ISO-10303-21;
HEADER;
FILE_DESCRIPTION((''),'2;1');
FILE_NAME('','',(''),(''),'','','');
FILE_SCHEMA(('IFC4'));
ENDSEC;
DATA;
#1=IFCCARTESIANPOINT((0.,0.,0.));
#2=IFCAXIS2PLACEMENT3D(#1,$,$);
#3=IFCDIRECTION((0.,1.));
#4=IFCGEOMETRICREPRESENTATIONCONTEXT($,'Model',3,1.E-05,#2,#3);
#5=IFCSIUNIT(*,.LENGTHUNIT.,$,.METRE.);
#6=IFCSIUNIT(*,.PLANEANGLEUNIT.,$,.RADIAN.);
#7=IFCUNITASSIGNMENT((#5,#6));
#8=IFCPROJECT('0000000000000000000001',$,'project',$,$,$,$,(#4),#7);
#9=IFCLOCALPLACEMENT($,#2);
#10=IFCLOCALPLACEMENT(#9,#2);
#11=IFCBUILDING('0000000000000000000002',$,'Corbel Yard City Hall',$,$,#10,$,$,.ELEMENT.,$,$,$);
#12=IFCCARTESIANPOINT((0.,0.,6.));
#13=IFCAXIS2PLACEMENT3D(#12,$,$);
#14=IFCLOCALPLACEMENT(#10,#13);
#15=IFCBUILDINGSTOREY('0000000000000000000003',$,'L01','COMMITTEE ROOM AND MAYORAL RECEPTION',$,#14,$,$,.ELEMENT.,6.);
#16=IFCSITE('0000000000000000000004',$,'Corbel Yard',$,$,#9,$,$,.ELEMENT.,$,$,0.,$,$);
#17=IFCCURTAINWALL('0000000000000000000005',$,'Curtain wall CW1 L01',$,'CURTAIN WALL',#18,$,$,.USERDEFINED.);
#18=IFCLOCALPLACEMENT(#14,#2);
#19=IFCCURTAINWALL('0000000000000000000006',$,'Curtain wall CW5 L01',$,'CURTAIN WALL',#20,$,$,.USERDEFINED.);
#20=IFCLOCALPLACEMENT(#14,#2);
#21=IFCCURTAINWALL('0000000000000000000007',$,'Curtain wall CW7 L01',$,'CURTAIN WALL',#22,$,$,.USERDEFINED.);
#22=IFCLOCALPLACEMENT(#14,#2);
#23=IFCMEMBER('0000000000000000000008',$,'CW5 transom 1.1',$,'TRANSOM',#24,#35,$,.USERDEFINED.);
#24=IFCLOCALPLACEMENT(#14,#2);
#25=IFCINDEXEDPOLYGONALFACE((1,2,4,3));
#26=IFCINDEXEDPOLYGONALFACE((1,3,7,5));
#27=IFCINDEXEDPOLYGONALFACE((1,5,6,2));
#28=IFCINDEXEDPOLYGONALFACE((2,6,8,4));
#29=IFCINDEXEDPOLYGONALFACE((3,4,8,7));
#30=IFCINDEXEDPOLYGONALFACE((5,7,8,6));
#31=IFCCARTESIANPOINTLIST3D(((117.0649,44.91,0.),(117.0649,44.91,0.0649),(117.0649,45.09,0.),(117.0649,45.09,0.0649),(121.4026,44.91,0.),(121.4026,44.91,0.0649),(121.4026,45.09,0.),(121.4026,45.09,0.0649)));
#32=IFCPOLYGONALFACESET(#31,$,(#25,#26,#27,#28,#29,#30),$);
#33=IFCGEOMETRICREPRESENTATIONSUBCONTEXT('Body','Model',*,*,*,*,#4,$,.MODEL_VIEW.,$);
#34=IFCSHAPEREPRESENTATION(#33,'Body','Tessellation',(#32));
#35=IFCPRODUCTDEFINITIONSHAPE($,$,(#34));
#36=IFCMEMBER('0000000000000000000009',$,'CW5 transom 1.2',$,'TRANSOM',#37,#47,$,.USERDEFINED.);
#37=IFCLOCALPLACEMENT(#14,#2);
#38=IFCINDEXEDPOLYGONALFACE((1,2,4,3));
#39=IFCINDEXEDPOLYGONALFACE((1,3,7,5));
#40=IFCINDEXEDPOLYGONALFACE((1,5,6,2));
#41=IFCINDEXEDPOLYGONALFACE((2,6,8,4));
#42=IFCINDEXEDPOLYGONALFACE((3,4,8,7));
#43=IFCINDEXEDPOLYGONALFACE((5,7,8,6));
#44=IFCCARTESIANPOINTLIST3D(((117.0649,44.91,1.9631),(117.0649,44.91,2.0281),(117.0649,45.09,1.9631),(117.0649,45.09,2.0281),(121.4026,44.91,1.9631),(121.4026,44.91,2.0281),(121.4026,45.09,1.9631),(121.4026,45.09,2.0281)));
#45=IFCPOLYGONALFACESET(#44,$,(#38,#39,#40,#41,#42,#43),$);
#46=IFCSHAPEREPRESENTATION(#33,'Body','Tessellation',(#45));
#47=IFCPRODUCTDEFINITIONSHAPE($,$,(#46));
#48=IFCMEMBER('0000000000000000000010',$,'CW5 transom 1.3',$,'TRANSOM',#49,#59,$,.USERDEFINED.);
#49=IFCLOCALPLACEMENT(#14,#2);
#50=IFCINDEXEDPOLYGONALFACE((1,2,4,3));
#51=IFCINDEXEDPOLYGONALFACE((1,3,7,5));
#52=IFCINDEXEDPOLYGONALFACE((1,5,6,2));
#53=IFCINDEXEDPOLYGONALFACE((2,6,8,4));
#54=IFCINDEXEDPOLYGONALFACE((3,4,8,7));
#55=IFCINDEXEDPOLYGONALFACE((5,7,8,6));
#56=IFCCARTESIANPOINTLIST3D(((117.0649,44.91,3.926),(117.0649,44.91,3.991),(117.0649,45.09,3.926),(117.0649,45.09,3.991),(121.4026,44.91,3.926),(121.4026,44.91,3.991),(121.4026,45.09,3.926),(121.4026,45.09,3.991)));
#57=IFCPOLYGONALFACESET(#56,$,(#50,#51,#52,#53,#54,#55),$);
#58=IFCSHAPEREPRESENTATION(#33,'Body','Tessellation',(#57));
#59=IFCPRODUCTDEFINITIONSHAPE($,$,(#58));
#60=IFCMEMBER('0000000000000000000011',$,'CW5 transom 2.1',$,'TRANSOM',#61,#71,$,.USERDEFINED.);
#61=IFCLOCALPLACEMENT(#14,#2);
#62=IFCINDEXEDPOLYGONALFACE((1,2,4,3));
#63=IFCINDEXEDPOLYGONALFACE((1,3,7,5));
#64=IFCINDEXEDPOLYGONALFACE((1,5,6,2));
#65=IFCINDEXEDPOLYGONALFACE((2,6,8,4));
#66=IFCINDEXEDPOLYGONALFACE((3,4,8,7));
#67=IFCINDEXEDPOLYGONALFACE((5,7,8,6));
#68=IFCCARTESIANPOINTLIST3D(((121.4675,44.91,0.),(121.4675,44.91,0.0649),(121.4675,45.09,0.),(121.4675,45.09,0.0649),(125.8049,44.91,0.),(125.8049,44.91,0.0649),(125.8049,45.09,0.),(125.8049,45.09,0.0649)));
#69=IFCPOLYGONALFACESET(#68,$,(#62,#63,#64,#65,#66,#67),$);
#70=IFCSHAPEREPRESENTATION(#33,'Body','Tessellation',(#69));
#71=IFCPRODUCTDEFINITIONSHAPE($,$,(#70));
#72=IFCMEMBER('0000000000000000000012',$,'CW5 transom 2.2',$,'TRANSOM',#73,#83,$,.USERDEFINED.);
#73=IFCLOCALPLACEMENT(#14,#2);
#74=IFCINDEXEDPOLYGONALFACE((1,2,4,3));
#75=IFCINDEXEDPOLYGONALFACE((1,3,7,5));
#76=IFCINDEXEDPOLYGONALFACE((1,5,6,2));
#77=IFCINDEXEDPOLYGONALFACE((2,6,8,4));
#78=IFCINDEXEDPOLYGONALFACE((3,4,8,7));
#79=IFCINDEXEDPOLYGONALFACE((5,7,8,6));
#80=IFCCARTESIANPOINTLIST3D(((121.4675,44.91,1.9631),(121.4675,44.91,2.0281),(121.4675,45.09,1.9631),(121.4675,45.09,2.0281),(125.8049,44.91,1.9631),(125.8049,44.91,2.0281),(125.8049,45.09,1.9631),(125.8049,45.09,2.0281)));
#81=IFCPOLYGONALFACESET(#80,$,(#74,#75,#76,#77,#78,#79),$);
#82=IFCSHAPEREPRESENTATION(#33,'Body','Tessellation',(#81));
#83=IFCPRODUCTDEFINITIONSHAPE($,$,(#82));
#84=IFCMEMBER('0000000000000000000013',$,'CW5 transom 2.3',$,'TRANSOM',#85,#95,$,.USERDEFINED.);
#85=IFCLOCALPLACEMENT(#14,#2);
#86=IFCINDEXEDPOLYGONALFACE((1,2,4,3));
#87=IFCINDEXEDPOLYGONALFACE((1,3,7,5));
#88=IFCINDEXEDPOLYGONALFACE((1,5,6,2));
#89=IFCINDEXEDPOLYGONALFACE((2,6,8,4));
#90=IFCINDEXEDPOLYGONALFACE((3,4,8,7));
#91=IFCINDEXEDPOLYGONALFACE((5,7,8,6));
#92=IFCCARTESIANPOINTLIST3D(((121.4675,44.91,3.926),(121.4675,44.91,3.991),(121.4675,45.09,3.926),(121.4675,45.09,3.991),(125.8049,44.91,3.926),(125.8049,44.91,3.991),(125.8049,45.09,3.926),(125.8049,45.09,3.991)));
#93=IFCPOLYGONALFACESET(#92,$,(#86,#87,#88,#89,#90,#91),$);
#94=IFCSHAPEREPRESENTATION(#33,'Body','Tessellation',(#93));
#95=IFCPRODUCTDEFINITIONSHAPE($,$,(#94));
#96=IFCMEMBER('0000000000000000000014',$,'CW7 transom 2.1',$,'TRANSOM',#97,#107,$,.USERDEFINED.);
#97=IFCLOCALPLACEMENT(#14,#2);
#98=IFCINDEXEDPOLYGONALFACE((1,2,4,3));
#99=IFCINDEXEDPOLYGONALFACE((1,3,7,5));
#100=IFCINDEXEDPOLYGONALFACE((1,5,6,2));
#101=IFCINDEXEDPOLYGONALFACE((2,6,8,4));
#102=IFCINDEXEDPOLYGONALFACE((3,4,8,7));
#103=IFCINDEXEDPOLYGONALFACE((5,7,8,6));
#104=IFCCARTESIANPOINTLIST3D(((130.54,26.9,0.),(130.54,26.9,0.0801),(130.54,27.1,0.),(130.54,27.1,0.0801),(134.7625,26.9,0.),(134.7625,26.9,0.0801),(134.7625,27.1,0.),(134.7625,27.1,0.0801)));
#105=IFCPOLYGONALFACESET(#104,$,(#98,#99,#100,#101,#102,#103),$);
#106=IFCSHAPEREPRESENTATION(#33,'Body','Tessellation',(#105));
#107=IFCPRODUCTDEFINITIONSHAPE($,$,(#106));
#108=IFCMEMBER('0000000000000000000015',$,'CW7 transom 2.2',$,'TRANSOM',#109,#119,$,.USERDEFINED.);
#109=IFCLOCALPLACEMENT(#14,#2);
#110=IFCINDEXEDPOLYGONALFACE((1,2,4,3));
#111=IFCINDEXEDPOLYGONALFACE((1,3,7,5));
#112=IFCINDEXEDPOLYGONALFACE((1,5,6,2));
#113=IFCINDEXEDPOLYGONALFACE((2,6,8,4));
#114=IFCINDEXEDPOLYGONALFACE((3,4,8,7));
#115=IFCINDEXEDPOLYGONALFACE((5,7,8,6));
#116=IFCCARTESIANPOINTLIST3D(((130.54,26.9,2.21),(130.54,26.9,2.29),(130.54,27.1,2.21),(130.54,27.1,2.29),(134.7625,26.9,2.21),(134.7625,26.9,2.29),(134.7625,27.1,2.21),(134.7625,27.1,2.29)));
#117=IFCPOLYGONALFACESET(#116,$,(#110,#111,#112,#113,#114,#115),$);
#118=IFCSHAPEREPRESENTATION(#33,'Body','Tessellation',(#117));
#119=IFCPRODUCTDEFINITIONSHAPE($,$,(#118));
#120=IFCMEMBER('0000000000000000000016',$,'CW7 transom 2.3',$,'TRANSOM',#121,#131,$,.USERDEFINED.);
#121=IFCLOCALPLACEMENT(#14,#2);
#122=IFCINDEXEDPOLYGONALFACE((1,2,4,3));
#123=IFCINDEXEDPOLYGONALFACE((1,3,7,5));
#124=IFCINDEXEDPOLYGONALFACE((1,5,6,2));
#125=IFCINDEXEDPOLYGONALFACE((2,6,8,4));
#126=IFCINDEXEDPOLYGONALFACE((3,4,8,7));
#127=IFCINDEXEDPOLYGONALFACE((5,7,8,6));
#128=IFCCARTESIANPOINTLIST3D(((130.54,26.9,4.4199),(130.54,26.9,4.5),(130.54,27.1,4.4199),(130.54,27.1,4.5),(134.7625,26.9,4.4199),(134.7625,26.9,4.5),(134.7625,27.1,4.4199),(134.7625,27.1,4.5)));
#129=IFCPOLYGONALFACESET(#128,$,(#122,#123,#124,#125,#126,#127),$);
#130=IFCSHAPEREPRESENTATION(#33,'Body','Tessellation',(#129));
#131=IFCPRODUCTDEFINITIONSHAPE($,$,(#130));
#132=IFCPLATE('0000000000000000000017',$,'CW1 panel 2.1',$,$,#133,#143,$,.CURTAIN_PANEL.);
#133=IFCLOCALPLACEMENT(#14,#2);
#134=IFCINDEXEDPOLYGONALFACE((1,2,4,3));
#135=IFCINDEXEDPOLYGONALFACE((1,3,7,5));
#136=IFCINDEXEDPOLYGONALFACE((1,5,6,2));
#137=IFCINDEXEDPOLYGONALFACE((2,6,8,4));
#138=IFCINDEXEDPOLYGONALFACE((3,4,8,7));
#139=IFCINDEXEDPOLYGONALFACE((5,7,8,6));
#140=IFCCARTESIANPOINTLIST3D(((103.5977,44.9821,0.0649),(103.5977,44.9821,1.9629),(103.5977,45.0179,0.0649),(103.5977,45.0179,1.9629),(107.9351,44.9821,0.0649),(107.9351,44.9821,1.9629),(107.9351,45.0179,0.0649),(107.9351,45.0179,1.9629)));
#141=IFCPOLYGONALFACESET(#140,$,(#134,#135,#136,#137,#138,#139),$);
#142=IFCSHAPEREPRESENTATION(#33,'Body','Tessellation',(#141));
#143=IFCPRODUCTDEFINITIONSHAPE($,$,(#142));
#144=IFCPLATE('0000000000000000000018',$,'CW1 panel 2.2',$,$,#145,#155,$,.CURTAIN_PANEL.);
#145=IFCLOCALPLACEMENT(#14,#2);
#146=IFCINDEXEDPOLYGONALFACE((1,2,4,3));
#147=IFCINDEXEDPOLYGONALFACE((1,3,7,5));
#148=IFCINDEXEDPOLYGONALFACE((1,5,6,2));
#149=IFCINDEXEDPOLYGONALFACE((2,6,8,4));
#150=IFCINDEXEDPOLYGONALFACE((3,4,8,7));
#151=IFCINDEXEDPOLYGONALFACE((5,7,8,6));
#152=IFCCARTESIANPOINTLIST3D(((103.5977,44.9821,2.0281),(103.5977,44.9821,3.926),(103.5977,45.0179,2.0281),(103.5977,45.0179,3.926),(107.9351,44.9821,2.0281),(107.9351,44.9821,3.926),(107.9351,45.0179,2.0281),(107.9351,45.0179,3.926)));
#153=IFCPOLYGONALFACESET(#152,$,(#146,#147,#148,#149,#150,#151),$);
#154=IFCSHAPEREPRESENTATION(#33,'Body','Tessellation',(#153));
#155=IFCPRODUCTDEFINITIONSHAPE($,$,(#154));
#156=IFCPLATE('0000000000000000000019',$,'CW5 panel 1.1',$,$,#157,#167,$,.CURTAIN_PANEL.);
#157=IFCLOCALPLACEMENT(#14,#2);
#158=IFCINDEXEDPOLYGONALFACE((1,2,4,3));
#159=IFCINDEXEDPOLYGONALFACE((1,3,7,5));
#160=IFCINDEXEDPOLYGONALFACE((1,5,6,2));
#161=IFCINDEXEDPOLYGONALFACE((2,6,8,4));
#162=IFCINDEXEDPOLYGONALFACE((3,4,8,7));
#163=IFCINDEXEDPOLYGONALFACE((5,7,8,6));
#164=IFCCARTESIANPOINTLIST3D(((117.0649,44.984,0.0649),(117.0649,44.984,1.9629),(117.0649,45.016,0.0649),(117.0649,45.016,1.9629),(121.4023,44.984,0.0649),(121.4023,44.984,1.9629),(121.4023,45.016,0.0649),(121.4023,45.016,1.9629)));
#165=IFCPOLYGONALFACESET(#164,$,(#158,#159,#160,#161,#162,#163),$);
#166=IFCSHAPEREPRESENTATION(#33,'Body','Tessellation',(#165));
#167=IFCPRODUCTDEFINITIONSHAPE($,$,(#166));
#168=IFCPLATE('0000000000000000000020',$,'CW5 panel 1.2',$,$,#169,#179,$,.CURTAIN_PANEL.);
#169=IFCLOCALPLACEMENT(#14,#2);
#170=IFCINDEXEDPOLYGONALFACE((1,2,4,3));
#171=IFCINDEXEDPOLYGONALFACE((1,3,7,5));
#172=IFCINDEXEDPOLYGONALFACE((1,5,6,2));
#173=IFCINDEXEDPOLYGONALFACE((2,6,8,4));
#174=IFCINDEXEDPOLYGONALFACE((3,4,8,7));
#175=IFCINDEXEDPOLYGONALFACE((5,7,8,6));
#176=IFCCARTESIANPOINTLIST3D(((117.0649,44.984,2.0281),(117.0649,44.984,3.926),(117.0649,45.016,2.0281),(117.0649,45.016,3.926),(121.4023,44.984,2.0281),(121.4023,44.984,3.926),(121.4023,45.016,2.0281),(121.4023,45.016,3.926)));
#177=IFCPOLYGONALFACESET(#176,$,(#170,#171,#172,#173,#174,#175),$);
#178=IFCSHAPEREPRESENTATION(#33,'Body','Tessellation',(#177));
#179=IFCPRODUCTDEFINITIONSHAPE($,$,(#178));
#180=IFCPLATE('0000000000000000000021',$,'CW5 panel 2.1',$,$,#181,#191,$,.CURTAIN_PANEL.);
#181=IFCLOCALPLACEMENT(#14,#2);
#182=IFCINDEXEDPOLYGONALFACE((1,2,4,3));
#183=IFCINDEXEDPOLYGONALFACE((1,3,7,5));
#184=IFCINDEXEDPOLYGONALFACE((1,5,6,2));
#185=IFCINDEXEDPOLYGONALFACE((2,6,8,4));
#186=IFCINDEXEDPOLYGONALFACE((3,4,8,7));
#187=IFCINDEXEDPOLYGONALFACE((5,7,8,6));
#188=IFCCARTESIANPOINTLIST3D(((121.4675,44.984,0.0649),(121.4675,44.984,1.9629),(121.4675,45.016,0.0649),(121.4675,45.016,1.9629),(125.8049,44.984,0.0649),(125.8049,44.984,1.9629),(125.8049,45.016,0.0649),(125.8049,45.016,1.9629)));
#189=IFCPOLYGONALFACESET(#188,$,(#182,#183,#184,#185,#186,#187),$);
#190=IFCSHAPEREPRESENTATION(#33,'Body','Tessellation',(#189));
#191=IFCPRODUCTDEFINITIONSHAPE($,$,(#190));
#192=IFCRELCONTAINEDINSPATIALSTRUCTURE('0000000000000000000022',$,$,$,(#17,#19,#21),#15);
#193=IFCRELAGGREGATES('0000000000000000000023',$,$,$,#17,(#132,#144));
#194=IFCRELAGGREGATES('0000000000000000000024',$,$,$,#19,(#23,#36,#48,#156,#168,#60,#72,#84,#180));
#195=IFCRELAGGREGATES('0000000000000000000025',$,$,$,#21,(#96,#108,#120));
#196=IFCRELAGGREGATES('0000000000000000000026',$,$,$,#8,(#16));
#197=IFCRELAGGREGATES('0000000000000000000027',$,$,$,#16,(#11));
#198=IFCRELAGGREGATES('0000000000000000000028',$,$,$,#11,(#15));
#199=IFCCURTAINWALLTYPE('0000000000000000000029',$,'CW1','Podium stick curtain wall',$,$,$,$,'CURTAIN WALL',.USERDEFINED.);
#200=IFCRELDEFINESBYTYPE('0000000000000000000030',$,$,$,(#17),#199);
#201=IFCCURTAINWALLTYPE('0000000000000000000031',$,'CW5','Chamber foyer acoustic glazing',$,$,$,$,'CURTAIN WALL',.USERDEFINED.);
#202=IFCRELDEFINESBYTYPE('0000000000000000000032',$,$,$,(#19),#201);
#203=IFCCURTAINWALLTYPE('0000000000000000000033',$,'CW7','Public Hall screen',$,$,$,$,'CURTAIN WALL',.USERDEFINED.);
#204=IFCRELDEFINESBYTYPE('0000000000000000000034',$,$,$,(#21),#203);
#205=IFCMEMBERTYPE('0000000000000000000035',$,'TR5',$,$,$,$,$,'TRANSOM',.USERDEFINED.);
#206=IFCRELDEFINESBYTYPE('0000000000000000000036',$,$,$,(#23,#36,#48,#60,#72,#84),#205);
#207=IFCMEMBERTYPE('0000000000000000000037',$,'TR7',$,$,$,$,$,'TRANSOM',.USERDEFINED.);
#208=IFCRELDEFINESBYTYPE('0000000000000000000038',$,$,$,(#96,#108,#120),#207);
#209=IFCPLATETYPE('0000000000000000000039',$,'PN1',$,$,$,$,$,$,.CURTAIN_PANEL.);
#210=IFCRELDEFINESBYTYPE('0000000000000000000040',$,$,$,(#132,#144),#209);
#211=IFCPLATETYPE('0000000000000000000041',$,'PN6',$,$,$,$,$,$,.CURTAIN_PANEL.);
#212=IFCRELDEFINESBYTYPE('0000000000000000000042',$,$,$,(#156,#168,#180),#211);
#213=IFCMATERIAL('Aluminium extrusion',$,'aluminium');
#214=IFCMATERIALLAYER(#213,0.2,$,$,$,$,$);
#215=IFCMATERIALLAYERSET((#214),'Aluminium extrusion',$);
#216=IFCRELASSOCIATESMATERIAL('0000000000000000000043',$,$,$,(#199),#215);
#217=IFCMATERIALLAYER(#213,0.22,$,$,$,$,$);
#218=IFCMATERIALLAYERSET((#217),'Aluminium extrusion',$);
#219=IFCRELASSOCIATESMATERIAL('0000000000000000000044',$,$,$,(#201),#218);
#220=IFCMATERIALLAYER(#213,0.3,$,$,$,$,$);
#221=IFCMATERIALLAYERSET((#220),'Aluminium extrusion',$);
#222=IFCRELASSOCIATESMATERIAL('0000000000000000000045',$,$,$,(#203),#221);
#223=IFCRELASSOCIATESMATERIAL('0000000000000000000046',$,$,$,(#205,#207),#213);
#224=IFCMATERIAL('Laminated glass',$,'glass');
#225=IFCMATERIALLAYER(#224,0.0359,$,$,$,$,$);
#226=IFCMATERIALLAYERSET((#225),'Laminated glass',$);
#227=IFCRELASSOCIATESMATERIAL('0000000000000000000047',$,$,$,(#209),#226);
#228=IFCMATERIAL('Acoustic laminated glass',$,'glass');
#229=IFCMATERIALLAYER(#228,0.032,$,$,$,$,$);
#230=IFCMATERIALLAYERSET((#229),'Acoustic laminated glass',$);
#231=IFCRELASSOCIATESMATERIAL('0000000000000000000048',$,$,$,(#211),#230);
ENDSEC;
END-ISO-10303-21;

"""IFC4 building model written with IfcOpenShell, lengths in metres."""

from ifc_helpers import new_model, si_unit, direction, frame, origin, origin_2d, place, context, subcontext, project, spatial, rectangle, extrude, material, layer, layer_set, material_profile, profile_set, type_object, element, aggregate, save


model = new_model("IFC4")

# Units and contexts
model_context = context("Model", 3, precision=1e-05, world=origin(), true_north=direction((0.0, 1.0)))
body_context = subcontext(model_context, "Body", "Model", "MODEL_VIEW")
ifc_project = project(units=[si_unit("LENGTHUNIT", "METRE"), si_unit("PLANEANGLEUNIT", "RADIAN")], contexts=[model_context])

# Site, building, storey
site_placement = place(None, origin())
site = spatial("IfcSite", under=ifc_project, at=site_placement, Name="Corbel Yard", CompositionType="ELEMENT", RefElevation=0.0)
building_placement = place(site_placement, origin())
building = spatial("IfcBuilding", under=site, at=building_placement, Name="Corbel Yard City Hall", CompositionType="ELEMENT")
storey_placement = place(building_placement, frame((0.0, 0.0, 6.0)))
storey = spatial("IfcBuildingStorey", under=building, at=storey_placement, Name="L01", Description="COMMITTEE ROOM AND MAYORAL RECEPTION", CompositionType="ELEMENT", Elevation=6.0)

# Curtain wall
ifc_material_1 = material(Name="Aluminium extrusion", Category="aluminium")
ifc_layer_1 = layer(ifc_material_1, 0.2)
ifc_layer_set_1 = layer_set([ifc_layer_1], Name="Aluminium extrusion")
curtain_wall_type_1 = type_object("IfcCurtainWallType", Name="CW1", Description="Podium stick curtain wall", ElementType="CURTAIN WALL", PredefinedType="USERDEFINED", material=ifc_layer_set_1)
curtain_wall_1_placement = place(storey_placement, origin())
curtain_wall_1 = element("IfcCurtainWall", 1, at=curtain_wall_1_placement, inside=storey, type_object=curtain_wall_type_1, Name="Curtain wall CW1 L01", ObjectType="CURTAIN WALL", PredefinedType="USERDEFINED")

# Curtain wall
ifc_layer_2 = layer(ifc_material_1, 0.22)
ifc_layer_set_2 = layer_set([ifc_layer_2], Name="Aluminium extrusion")
curtain_wall_type_2 = type_object("IfcCurtainWallType", Name="CW5", Description="Chamber foyer acoustic glazing", ElementType="CURTAIN WALL", PredefinedType="USERDEFINED", material=ifc_layer_set_2)
curtain_wall_2_placement = place(storey_placement, origin())
curtain_wall_2 = element("IfcCurtainWall", 2, at=curtain_wall_2_placement, inside=storey, type_object=curtain_wall_type_2, Name="Curtain wall CW5 L01", ObjectType="CURTAIN WALL", PredefinedType="USERDEFINED")

# Curtain wall
ifc_layer_3 = layer(ifc_material_1, 0.3)
ifc_layer_set_3 = layer_set([ifc_layer_3], Name="Aluminium extrusion")
curtain_wall_type_3 = type_object("IfcCurtainWallType", Name="CW7", Description="Public Hall screen", ElementType="CURTAIN WALL", PredefinedType="USERDEFINED", material=ifc_layer_set_3)
curtain_wall_3_placement = place(storey_placement, origin())
curtain_wall_3 = element("IfcCurtainWall", 3, at=curtain_wall_3_placement, inside=storey, type_object=curtain_wall_type_3, Name="Curtain wall CW7 L01", ObjectType="CURTAIN WALL", PredefinedType="USERDEFINED")

# Members
ifc_material_profile_1 = material_profile(ifc_material_1, rectangle(XDim=0.1799, YDim=0.0649, at=origin_2d()), Name="180x65")
ifc_profile_set_1 = profile_set([ifc_material_profile_1], Name="Aluminium extrusion")
member_type_1 = type_object("IfcMemberType", Name="TR5", ElementType="TRANSOM", PredefinedType="USERDEFINED", material=ifc_profile_set_1)
member_1_placement = place(storey_placement, frame((117.0649, 45.0, 0.0325), z_axis=(1.0, 0.0, 0.0), x_axis=(0.0, 1.0, 0.0)))
member_1 = element("IfcMember", 4, at=member_1_placement, type_object=member_type_1, Name="CW5 transom 1.1", ObjectType="TRANSOM", PredefinedType="USERDEFINED", context=body_context, shape_type="SweptSolid", body=[
    extrude(rectangle(XDim=0.1799, YDim=0.0649, at=origin_2d()), origin(), (0.0, 0.0, 1.0), 4.3376),
])
member_2_placement = place(storey_placement, frame((117.0649, 45.0, 1.9956), z_axis=(1.0, 0.0, 0.0), x_axis=(0.0, 1.0, 0.0)))
member_2 = element("IfcMember", 5, at=member_2_placement, type_object=member_type_1, Name="CW5 transom 1.2", ObjectType="TRANSOM", PredefinedType="USERDEFINED", context=body_context, shape_type="SweptSolid", body=[
    extrude(rectangle(XDim=0.1799, YDim=0.0649, at=origin_2d()), origin(), (0.0, 0.0, 1.0), 4.3376),
])
member_3_placement = place(storey_placement, frame((117.0649, 45.0, 3.9585), z_axis=(1.0, 0.0, 0.0), x_axis=(0.0, 1.0, 0.0)))
member_3 = element("IfcMember", 6, at=member_3_placement, type_object=member_type_1, Name="CW5 transom 1.3", ObjectType="TRANSOM", PredefinedType="USERDEFINED", context=body_context, shape_type="SweptSolid", body=[
    extrude(rectangle(XDim=0.1799, YDim=0.0649, at=origin_2d()), origin(), (0.0, 0.0, 1.0), 4.3376),
])
member_4_placement = place(storey_placement, frame((121.4675, 45.0, 0.0325), z_axis=(1.0, 0.0, 0.0), x_axis=(0.0, 1.0, 0.0)))
member_4 = element("IfcMember", 7, at=member_4_placement, type_object=member_type_1, Name="CW5 transom 2.1", ObjectType="TRANSOM", PredefinedType="USERDEFINED", context=body_context, shape_type="SweptSolid", body=[
    extrude(rectangle(XDim=0.1799, YDim=0.0649, at=origin_2d()), origin(), (0.0, 0.0, 1.0), 4.3374),
])
member_5_placement = place(storey_placement, frame((121.4675, 45.0, 1.9956), z_axis=(1.0, 0.0, 0.0), x_axis=(0.0, 1.0, 0.0)))
member_5 = element("IfcMember", 8, at=member_5_placement, type_object=member_type_1, Name="CW5 transom 2.2", ObjectType="TRANSOM", PredefinedType="USERDEFINED", context=body_context, shape_type="SweptSolid", body=[
    extrude(rectangle(XDim=0.1799, YDim=0.0649, at=origin_2d()), origin(), (0.0, 0.0, 1.0), 4.3374),
])
member_6_placement = place(storey_placement, frame((121.4675, 45.0, 3.9585), z_axis=(1.0, 0.0, 0.0), x_axis=(0.0, 1.0, 0.0)))
member_6 = element("IfcMember", 9, at=member_6_placement, type_object=member_type_1, Name="CW5 transom 2.3", ObjectType="TRANSOM", PredefinedType="USERDEFINED", context=body_context, shape_type="SweptSolid", body=[
    extrude(rectangle(XDim=0.1799, YDim=0.0649, at=origin_2d()), origin(), (0.0, 0.0, 1.0), 4.3374),
])
ifc_material_profile_2 = material_profile(ifc_material_1, rectangle(XDim=0.2, YDim=0.0801, at=origin_2d()), Name="200x80")
ifc_profile_set_2 = profile_set([ifc_material_profile_2], Name="Aluminium extrusion")
member_type_2 = type_object("IfcMemberType", Name="TR7", ElementType="TRANSOM", PredefinedType="USERDEFINED", material=ifc_profile_set_2)
member_7_placement = place(storey_placement, frame((130.54, 27.0, 0.04), z_axis=(1.0, 0.0, 0.0), x_axis=(0.0, 1.0, 0.0)))
member_7 = element("IfcMember", 10, at=member_7_placement, type_object=member_type_2, Name="CW7 transom 2.1", ObjectType="TRANSOM", PredefinedType="USERDEFINED", context=body_context, shape_type="SweptSolid", body=[
    extrude(rectangle(XDim=0.2, YDim=0.0801, at=origin_2d()), origin(), (0.0, 0.0, 1.0), 4.2224),
])
member_8_placement = place(storey_placement, frame((130.54, 27.0, 2.25), z_axis=(1.0, 0.0, 0.0), x_axis=(0.0, 1.0, 0.0)))
member_8 = element("IfcMember", 11, at=member_8_placement, type_object=member_type_2, Name="CW7 transom 2.2", ObjectType="TRANSOM", PredefinedType="USERDEFINED", context=body_context, shape_type="SweptSolid", body=[
    extrude(rectangle(XDim=0.2, YDim=0.0801, at=origin_2d()), origin(), (0.0, 0.0, 1.0), 4.2224),
])
member_9_placement = place(storey_placement, frame((130.54, 27.0, 4.46), z_axis=(1.0, 0.0, 0.0), x_axis=(0.0, 1.0, 0.0)))
member_9 = element("IfcMember", 12, at=member_9_placement, type_object=member_type_2, Name="CW7 transom 2.3", ObjectType="TRANSOM", PredefinedType="USERDEFINED", context=body_context, shape_type="SweptSolid", body=[
    extrude(rectangle(XDim=0.2, YDim=0.0801, at=origin_2d()), origin(), (0.0, 0.0, 1.0), 4.2224),
])

# Plates
ifc_material_2 = material(Name="Laminated glass", Category="glass")
ifc_layer_4 = layer(ifc_material_2, 0.0359)
ifc_layer_set_4 = layer_set([ifc_layer_4], Name="Laminated glass")
plate_type_1 = type_object("IfcPlateType", Name="PN1", PredefinedType="CURTAIN_PANEL", material=ifc_layer_set_4)
plate_1_placement = place(storey_placement, frame((105.7664, 45.0, 0.0649), z_axis=(0.0, 0.0, 1.0), x_axis=(1.0, 0.0, 0.0)))
plate_1 = element("IfcPlate", 13, at=plate_1_placement, type_object=plate_type_1, Name="CW1 panel 2.1", PredefinedType="CURTAIN_PANEL", context=body_context, shape_type="SweptSolid", body=[
    extrude(rectangle(XDim=4.3374, YDim=0.0359, at=origin_2d()), origin(), (0.0, 0.0, 1.0), 1.8979),
])
plate_2_placement = place(storey_placement, frame((105.7664, 45.0, 2.0281), z_axis=(0.0, 0.0, 1.0), x_axis=(1.0, 0.0, 0.0)))
plate_2 = element("IfcPlate", 14, at=plate_2_placement, type_object=plate_type_1, Name="CW1 panel 2.2", PredefinedType="CURTAIN_PANEL", context=body_context, shape_type="SweptSolid", body=[
    extrude(rectangle(XDim=4.3374, YDim=0.0359, at=origin_2d()), origin(), (0.0, 0.0, 1.0), 1.8979),
])
aggregate(curtain_wall_1, [plate_1, plate_2])
ifc_material_3 = material(Name="Acoustic laminated glass", Category="glass")
ifc_layer_5 = layer(ifc_material_3, 0.032)
ifc_layer_set_5 = layer_set([ifc_layer_5], Name="Acoustic laminated glass")
plate_type_2 = type_object("IfcPlateType", Name="PN6", PredefinedType="CURTAIN_PANEL", material=ifc_layer_set_5)
plate_3_placement = place(storey_placement, frame((119.2336, 45.0, 0.0649), z_axis=(0.0, 0.0, 1.0), x_axis=(1.0, 0.0, 0.0)))
plate_3 = element("IfcPlate", 15, at=plate_3_placement, type_object=plate_type_2, Name="CW5 panel 1.1", PredefinedType="CURTAIN_PANEL", context=body_context, shape_type="SweptSolid", body=[
    extrude(rectangle(XDim=4.3374, YDim=0.032, at=origin_2d()), origin(), (0.0, 0.0, 1.0), 1.8979),
])
plate_4_placement = place(storey_placement, frame((119.2336, 45.0, 2.0281), z_axis=(0.0, 0.0, 1.0), x_axis=(1.0, 0.0, 0.0)))
plate_4 = element("IfcPlate", 16, at=plate_4_placement, type_object=plate_type_2, Name="CW5 panel 1.2", PredefinedType="CURTAIN_PANEL", context=body_context, shape_type="SweptSolid", body=[
    extrude(rectangle(XDim=4.3374, YDim=0.032, at=origin_2d()), origin(), (0.0, 0.0, 1.0), 1.8979),
])
plate_5_placement = place(storey_placement, frame((123.6362, 45.0, 0.0649), z_axis=(0.0, 0.0, 1.0), x_axis=(1.0, 0.0, 0.0)))
plate_5 = element("IfcPlate", 17, at=plate_5_placement, type_object=plate_type_2, Name="CW5 panel 2.1", PredefinedType="CURTAIN_PANEL", context=body_context, shape_type="SweptSolid", body=[
    extrude(rectangle(XDim=4.3374, YDim=0.032, at=origin_2d()), origin(), (0.0, 0.0, 1.0), 1.8979),
])
aggregate(curtain_wall_2, [member_1, member_2, member_3, plate_3, plate_4, member_4, member_5, member_6, plate_5])
aggregate(curtain_wall_3, [member_7, member_8, member_9])

save(model, "model.ifc")
